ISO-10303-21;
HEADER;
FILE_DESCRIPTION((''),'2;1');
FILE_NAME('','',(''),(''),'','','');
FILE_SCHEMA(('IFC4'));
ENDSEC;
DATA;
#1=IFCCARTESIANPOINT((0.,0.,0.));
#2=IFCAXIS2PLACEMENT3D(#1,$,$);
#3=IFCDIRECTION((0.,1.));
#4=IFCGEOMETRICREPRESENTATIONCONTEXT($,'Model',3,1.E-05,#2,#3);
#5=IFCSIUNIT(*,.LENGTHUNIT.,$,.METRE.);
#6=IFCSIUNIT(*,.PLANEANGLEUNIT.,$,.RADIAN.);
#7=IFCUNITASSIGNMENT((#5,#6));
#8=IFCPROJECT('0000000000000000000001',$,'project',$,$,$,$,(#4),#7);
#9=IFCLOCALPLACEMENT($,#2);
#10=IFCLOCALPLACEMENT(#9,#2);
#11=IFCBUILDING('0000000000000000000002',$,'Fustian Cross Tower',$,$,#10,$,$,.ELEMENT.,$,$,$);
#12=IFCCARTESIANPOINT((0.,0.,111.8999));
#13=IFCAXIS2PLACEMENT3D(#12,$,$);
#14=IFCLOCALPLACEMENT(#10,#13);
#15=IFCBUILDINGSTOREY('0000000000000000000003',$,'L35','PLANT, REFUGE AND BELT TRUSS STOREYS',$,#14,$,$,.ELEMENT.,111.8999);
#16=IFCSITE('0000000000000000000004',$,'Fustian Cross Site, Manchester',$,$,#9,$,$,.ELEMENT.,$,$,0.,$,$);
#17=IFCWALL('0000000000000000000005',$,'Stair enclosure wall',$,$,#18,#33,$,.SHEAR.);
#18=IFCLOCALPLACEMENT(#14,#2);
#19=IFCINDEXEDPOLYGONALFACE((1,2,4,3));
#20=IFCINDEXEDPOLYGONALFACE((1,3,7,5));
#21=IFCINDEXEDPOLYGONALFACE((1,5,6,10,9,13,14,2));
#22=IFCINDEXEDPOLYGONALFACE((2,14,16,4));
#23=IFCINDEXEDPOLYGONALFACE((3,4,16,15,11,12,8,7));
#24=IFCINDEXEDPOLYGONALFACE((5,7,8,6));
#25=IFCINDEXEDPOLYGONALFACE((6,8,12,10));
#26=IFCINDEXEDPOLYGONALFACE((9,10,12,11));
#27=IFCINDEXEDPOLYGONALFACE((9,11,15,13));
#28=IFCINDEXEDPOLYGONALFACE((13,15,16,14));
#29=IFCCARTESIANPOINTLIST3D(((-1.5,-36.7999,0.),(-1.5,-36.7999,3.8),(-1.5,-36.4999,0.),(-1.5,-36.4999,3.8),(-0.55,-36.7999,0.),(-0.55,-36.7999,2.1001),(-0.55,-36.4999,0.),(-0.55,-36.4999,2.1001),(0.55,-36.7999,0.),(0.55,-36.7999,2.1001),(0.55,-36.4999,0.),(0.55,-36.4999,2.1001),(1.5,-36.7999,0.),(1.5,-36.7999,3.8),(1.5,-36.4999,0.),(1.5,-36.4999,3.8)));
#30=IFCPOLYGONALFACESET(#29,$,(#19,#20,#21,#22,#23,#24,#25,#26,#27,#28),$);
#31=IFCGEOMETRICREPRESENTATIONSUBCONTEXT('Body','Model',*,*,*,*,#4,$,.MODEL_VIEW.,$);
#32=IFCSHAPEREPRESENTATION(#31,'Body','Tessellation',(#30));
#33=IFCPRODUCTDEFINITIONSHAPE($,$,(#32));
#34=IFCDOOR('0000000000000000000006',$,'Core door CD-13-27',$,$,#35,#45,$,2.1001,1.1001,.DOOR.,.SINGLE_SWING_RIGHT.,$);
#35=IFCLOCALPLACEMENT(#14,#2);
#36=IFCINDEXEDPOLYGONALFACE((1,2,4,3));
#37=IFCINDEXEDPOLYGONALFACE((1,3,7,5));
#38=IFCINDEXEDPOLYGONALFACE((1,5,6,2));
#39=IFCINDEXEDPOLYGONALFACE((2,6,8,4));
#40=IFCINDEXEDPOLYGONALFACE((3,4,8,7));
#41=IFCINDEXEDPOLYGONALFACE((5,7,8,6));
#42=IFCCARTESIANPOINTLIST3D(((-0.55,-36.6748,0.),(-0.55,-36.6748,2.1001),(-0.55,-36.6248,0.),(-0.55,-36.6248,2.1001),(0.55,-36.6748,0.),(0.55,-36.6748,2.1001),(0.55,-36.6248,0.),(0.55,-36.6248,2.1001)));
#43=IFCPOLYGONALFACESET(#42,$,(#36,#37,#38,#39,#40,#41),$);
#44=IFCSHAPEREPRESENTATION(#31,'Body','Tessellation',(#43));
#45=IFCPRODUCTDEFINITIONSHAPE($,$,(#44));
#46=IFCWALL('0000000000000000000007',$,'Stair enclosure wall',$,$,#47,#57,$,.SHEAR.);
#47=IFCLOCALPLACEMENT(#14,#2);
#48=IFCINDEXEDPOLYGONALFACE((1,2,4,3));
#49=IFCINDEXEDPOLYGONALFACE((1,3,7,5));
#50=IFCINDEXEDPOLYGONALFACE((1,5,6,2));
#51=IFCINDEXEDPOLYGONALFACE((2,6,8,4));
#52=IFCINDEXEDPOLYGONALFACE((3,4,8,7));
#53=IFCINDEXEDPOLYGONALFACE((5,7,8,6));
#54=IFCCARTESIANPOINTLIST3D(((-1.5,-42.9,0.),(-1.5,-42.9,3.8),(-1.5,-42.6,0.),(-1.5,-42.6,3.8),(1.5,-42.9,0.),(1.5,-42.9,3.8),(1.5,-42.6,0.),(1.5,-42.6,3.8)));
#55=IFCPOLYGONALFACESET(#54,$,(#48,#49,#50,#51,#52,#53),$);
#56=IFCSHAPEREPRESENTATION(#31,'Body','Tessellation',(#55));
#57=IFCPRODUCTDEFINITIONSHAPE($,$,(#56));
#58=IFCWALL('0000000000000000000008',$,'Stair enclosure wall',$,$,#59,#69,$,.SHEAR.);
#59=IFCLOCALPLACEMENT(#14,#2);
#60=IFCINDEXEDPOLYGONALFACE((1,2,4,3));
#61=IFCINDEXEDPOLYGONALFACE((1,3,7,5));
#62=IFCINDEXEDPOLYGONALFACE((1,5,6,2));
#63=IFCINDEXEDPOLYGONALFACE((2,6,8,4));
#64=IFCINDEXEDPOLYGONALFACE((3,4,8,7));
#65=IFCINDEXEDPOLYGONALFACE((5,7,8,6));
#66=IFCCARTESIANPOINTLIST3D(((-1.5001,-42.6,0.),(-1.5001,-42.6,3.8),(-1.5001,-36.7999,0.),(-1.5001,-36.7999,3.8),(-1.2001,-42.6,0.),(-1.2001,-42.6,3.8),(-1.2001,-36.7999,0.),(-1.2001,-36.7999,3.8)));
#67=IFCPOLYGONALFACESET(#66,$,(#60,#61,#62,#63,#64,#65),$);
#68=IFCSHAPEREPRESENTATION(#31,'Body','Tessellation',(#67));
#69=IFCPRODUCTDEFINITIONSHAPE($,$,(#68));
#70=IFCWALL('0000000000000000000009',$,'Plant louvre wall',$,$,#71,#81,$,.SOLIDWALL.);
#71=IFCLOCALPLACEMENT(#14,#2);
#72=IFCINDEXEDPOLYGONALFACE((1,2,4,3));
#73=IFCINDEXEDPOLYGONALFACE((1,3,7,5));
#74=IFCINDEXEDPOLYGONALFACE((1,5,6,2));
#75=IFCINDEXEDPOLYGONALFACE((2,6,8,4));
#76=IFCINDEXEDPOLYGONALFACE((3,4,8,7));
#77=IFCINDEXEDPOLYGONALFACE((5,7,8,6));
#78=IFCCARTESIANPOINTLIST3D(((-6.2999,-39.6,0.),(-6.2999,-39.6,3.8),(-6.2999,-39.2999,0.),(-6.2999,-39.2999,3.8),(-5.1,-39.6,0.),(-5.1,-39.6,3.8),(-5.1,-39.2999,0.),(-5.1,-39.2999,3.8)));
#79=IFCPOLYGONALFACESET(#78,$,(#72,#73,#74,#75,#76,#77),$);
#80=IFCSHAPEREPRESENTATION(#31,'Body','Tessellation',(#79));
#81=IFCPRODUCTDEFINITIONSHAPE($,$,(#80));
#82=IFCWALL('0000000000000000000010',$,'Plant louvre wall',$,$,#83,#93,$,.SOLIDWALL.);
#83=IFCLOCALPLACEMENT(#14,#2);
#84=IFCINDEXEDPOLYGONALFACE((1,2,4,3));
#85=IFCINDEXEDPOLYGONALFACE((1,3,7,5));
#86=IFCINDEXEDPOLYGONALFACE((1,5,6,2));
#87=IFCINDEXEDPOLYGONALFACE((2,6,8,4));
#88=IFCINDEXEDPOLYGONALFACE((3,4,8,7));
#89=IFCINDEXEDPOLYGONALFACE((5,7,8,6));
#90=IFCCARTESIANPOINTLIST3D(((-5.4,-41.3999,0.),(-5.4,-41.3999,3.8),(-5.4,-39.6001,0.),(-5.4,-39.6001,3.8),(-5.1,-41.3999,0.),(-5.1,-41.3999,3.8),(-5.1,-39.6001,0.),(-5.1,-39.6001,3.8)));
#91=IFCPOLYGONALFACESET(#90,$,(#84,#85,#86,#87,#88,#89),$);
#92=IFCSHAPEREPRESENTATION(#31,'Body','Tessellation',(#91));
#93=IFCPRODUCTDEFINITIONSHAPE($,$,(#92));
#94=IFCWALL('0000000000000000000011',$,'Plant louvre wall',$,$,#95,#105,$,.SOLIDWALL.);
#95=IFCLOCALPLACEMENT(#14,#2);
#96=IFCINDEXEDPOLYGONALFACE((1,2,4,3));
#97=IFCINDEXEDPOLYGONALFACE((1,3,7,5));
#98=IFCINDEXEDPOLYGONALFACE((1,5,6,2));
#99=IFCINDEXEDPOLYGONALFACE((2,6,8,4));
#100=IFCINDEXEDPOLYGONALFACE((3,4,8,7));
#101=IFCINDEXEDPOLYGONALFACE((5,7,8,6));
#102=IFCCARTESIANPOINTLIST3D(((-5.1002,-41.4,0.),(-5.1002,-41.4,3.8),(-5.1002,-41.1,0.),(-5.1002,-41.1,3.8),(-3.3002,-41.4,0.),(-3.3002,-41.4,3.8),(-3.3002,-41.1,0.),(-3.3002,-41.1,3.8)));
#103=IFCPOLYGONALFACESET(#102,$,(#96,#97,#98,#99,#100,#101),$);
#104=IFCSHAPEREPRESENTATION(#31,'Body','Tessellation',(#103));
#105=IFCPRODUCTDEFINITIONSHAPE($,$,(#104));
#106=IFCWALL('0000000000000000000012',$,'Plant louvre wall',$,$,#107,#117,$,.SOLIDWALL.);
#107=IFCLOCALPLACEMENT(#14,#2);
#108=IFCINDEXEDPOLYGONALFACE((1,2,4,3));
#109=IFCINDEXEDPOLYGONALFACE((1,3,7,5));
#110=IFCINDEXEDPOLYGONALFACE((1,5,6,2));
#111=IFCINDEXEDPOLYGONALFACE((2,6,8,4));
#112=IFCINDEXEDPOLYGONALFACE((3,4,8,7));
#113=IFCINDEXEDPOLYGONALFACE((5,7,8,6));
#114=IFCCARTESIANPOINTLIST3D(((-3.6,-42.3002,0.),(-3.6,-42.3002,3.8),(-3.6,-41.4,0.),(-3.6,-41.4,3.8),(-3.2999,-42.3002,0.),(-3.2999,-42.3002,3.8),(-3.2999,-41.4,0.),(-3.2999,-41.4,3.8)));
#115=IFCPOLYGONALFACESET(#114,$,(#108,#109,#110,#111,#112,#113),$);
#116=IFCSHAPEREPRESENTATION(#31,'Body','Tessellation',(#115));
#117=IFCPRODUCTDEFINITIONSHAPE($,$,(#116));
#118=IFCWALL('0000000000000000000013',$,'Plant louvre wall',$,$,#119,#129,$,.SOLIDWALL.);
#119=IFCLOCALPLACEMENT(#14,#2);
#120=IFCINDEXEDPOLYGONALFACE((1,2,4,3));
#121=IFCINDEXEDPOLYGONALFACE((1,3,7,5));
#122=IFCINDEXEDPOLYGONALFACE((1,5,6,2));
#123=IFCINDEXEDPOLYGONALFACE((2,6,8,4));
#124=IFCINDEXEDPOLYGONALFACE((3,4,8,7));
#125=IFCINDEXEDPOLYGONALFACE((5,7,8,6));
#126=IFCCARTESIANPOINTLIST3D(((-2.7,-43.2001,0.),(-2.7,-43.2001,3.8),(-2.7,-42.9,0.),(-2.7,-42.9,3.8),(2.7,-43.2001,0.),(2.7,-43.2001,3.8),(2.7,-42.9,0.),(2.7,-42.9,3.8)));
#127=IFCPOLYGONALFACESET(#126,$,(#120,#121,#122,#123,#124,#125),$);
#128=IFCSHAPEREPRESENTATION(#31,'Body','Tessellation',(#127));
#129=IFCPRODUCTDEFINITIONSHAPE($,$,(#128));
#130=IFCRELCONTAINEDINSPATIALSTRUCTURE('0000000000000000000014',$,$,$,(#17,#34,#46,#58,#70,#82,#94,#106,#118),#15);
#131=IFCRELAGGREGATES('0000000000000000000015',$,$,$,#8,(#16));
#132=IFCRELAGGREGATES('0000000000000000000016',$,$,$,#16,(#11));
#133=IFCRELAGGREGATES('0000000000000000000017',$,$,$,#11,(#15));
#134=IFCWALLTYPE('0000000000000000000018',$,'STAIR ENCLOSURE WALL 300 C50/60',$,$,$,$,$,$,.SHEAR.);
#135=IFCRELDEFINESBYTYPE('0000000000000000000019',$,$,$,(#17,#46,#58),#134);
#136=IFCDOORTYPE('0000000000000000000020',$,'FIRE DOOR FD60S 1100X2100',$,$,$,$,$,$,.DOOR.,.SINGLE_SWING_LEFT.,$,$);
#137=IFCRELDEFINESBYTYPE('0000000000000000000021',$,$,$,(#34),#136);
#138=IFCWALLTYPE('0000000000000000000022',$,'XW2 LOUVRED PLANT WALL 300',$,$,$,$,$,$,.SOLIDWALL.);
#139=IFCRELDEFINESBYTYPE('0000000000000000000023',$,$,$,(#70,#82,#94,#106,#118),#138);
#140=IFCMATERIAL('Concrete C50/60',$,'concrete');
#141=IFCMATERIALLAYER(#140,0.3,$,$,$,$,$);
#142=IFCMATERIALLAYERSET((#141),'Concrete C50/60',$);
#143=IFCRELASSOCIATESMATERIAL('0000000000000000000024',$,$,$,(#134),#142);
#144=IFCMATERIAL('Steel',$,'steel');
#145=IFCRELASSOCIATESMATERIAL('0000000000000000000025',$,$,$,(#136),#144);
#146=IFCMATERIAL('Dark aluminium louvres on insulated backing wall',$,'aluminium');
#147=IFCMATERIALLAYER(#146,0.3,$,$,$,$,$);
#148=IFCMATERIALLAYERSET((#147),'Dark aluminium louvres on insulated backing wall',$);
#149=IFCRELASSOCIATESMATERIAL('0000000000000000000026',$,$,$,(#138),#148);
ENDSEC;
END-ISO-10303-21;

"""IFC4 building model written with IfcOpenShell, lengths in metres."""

from ifc_helpers import new_model, si_unit, direction, frame, frame_2d, origin, place, context, subcontext, project, spatial, rectangle, extrude, material, layer, layer_set, type_object, element, fill, save


model = new_model("IFC4")

# Units and contexts
model_context = context("Model", 3, precision=1e-05, world=origin(), true_north=direction((0.0, 1.0)))
body_context = subcontext(model_context, "Body", "Model", "MODEL_VIEW")
ifc_project = project(units=[si_unit("LENGTHUNIT", "METRE"), si_unit("PLANEANGLEUNIT", "RADIAN")], contexts=[model_context])

# Site, building, storey
site_placement = place(None, origin())
site = spatial("IfcSite", under=ifc_project, at=site_placement, Name="Fustian Cross Site, Manchester", CompositionType="ELEMENT", RefElevation=0.0)
building_placement = place(site_placement, origin())
building = spatial("IfcBuilding", under=site, at=building_placement, Name="Fustian Cross Tower", CompositionType="ELEMENT")
storey_placement = place(building_placement, frame((0.0, 0.0, 111.8999)))
storey = spatial("IfcBuildingStorey", under=building, at=storey_placement, Name="L35", Description="PLANT, REFUGE AND BELT TRUSS STOREYS", CompositionType="ELEMENT", Elevation=111.8999)

# Wall, opening, door
ifc_material_1 = material(Name="Concrete C50/60", Category="concrete")
ifc_layer_1 = layer(ifc_material_1, 0.3)
ifc_layer_set_1 = layer_set([ifc_layer_1], Name="Concrete C50/60")
wall_type_1 = type_object("IfcWallType", Name="STAIR ENCLOSURE WALL 300 C50/60", PredefinedType="SHEAR", material=ifc_layer_set_1)
wall_1_placement = place(storey_placement, frame((-1.5, -36.6499, 0.0), z_axis=(0.0, 0.0, 1.0), x_axis=(1.0, 0.0, 0.0)))
wall_1 = element("IfcWall", 1, at=wall_1_placement, inside=storey, type_object=wall_type_1, Name="Stair enclosure wall", PredefinedType="SHEAR", context=body_context, shape_type="SweptSolid", body=[
    extrude(rectangle(XDim=3.0, YDim=0.3, at=frame_2d((1.5, 0.0))), origin(), (0.0, 0.0, 1.0), 3.8),
])
opening_1_placement = place(wall_1_placement, frame((0.95, 0.0, 0.0)))
opening_1 = element("IfcOpeningElement", 2, at=opening_1_placement, cuts=wall_1, PredefinedType="OPENING", context=body_context, shape_type="SweptSolid", body=[
    extrude(rectangle(XDim=1.1001, YDim=2.1001, at=frame_2d((0.55, 1.05))), frame((0.0, 0.1599, 0.0), z_axis=(0.0, -1.0, 0.0), x_axis=(1.0, 0.0, 0.0)), (0.0, 0.0, 1.0), 0.3201),
])
ifc_material_2 = material(Name="Steel", Category="steel")
door_type_1 = type_object("IfcDoorType", Name="FIRE DOOR FD60S 1100X2100", OperationType="SINGLE_SWING_LEFT", PredefinedType="DOOR", material=ifc_material_2)
door_1_placement = place(opening_1_placement, frame((1.1001, 0.0, 0.0), z_axis=(0.0, 0.0, 1.0), x_axis=(-1.0, 0.0, 0.0)))
door_1 = element("IfcDoor", 3, at=door_1_placement, inside=storey, type_object=door_type_1, Name="Core door CD-13-27", OperationType="SINGLE_SWING_RIGHT", OverallHeight=2.1001, OverallWidth=1.1001, PredefinedType="DOOR", context=body_context, shape_type="SweptSolid", body=[
    extrude(rectangle(XDim=1.1001, YDim=2.1001, at=frame_2d((0.55, 1.05))), frame((0.0, 0.0249, 0.0), z_axis=(0.0, -1.0, 0.0), x_axis=(1.0, 0.0, 0.0)), (0.0, 0.0, 1.0), 0.05),
])
fill(opening_1, door_1)

# Walls
wall_2_placement = place(storey_placement, frame((-1.5, -42.75, 0.0), z_axis=(0.0, 0.0, 1.0), x_axis=(1.0, 0.0, 0.0)))
element("IfcWall", 4, at=wall_2_placement, inside=storey, type_object=wall_type_1, Name="Stair enclosure wall", PredefinedType="SHEAR", context=body_context, shape_type="SweptSolid", body=[
    extrude(rectangle(XDim=3.0, YDim=0.3, at=frame_2d((1.5, 0.0))), origin(), (0.0, 0.0, 1.0), 3.8),
])
wall_3_placement = place(storey_placement, frame((-1.3501, -36.8, 0.0), z_axis=(0.0, 0.0, 1.0), x_axis=(0.0, -1.0, 0.0)))
element("IfcWall", 5, at=wall_3_placement, inside=storey, type_object=wall_type_1, Name="Stair enclosure wall", PredefinedType="SHEAR", context=body_context, shape_type="SweptSolid", body=[
    extrude(rectangle(XDim=5.8, YDim=0.3, at=frame_2d((2.8999, 0.0))), origin(), (0.0, 0.0, 1.0), 3.8),
])
ifc_material_3 = material(Name="Dark aluminium louvres on insulated backing wall", Category="aluminium")
ifc_layer_2 = layer(ifc_material_3, 0.3)
ifc_layer_set_2 = layer_set([ifc_layer_2], Name="Dark aluminium louvres on insulated backing wall")
wall_type_2 = type_object("IfcWallType", Name="XW2 LOUVRED PLANT WALL 300", PredefinedType="SOLIDWALL", material=ifc_layer_set_2)
wall_4_placement = place(storey_placement, frame((-6.3, -39.45, 0.0), z_axis=(0.0, 0.0, 1.0), x_axis=(1.0, 0.0, 0.0)))
element("IfcWall", 6, at=wall_4_placement, inside=storey, type_object=wall_type_2, Name="Plant louvre wall", PredefinedType="SOLIDWALL", context=body_context, shape_type="SweptSolid", body=[
    extrude(rectangle(XDim=1.2, YDim=0.3, at=frame_2d((0.6001, 0.0))), origin(), (0.0, 0.0, 1.0), 3.8),
])
wall_5_placement = place(storey_placement, frame((-5.25, -39.6001, 0.0), z_axis=(0.0, 0.0, 1.0), x_axis=(0.0, -1.0, 0.0)))
element("IfcWall", 7, at=wall_5_placement, inside=storey, type_object=wall_type_2, Name="Plant louvre wall", PredefinedType="SOLIDWALL", context=body_context, shape_type="SweptSolid", body=[
    extrude(rectangle(XDim=1.7998, YDim=0.3, at=frame_2d((0.8999, 0.0))), origin(), (0.0, 0.0, 1.0), 3.8),
])
wall_6_placement = place(storey_placement, frame((-5.1001, -41.25, 0.0), z_axis=(0.0, 0.0, 1.0), x_axis=(1.0, 0.0, 0.0)))
element("IfcWall", 8, at=wall_6_placement, inside=storey, type_object=wall_type_2, Name="Plant louvre wall", PredefinedType="SOLIDWALL", context=body_context, shape_type="SweptSolid", body=[
    extrude(rectangle(XDim=1.8, YDim=0.3, at=frame_2d((0.8999, 0.0))), origin(), (0.0, 0.0, 1.0), 3.8),
])
wall_7_placement = place(storey_placement, frame((-3.45, -41.3999, 0.0), z_axis=(0.0, 0.0, 1.0), x_axis=(0.0, -1.0, 0.0)))
element("IfcWall", 9, at=wall_7_placement, inside=storey, type_object=wall_type_2, Name="Plant louvre wall", PredefinedType="SOLIDWALL", context=body_context, shape_type="SweptSolid", body=[
    extrude(rectangle(XDim=0.9001, YDim=0.3, at=frame_2d((0.4502, 0.0))), origin(), (0.0, 0.0, 1.0), 3.8),
])
wall_8_placement = place(storey_placement, frame((-2.7, -43.05, 0.0), z_axis=(0.0, 0.0, 1.0), x_axis=(1.0, 0.0, 0.0)))
element("IfcWall", 10, at=wall_8_placement, inside=storey, type_object=wall_type_2, Name="Plant louvre wall", PredefinedType="SOLIDWALL", context=body_context, shape_type="SweptSolid", body=[
    extrude(rectangle(XDim=5.3999, YDim=0.3, at=frame_2d((2.7, 0.0))), origin(), (0.0, 0.0, 1.0), 3.8),
])

save(model, "model.ifc")
